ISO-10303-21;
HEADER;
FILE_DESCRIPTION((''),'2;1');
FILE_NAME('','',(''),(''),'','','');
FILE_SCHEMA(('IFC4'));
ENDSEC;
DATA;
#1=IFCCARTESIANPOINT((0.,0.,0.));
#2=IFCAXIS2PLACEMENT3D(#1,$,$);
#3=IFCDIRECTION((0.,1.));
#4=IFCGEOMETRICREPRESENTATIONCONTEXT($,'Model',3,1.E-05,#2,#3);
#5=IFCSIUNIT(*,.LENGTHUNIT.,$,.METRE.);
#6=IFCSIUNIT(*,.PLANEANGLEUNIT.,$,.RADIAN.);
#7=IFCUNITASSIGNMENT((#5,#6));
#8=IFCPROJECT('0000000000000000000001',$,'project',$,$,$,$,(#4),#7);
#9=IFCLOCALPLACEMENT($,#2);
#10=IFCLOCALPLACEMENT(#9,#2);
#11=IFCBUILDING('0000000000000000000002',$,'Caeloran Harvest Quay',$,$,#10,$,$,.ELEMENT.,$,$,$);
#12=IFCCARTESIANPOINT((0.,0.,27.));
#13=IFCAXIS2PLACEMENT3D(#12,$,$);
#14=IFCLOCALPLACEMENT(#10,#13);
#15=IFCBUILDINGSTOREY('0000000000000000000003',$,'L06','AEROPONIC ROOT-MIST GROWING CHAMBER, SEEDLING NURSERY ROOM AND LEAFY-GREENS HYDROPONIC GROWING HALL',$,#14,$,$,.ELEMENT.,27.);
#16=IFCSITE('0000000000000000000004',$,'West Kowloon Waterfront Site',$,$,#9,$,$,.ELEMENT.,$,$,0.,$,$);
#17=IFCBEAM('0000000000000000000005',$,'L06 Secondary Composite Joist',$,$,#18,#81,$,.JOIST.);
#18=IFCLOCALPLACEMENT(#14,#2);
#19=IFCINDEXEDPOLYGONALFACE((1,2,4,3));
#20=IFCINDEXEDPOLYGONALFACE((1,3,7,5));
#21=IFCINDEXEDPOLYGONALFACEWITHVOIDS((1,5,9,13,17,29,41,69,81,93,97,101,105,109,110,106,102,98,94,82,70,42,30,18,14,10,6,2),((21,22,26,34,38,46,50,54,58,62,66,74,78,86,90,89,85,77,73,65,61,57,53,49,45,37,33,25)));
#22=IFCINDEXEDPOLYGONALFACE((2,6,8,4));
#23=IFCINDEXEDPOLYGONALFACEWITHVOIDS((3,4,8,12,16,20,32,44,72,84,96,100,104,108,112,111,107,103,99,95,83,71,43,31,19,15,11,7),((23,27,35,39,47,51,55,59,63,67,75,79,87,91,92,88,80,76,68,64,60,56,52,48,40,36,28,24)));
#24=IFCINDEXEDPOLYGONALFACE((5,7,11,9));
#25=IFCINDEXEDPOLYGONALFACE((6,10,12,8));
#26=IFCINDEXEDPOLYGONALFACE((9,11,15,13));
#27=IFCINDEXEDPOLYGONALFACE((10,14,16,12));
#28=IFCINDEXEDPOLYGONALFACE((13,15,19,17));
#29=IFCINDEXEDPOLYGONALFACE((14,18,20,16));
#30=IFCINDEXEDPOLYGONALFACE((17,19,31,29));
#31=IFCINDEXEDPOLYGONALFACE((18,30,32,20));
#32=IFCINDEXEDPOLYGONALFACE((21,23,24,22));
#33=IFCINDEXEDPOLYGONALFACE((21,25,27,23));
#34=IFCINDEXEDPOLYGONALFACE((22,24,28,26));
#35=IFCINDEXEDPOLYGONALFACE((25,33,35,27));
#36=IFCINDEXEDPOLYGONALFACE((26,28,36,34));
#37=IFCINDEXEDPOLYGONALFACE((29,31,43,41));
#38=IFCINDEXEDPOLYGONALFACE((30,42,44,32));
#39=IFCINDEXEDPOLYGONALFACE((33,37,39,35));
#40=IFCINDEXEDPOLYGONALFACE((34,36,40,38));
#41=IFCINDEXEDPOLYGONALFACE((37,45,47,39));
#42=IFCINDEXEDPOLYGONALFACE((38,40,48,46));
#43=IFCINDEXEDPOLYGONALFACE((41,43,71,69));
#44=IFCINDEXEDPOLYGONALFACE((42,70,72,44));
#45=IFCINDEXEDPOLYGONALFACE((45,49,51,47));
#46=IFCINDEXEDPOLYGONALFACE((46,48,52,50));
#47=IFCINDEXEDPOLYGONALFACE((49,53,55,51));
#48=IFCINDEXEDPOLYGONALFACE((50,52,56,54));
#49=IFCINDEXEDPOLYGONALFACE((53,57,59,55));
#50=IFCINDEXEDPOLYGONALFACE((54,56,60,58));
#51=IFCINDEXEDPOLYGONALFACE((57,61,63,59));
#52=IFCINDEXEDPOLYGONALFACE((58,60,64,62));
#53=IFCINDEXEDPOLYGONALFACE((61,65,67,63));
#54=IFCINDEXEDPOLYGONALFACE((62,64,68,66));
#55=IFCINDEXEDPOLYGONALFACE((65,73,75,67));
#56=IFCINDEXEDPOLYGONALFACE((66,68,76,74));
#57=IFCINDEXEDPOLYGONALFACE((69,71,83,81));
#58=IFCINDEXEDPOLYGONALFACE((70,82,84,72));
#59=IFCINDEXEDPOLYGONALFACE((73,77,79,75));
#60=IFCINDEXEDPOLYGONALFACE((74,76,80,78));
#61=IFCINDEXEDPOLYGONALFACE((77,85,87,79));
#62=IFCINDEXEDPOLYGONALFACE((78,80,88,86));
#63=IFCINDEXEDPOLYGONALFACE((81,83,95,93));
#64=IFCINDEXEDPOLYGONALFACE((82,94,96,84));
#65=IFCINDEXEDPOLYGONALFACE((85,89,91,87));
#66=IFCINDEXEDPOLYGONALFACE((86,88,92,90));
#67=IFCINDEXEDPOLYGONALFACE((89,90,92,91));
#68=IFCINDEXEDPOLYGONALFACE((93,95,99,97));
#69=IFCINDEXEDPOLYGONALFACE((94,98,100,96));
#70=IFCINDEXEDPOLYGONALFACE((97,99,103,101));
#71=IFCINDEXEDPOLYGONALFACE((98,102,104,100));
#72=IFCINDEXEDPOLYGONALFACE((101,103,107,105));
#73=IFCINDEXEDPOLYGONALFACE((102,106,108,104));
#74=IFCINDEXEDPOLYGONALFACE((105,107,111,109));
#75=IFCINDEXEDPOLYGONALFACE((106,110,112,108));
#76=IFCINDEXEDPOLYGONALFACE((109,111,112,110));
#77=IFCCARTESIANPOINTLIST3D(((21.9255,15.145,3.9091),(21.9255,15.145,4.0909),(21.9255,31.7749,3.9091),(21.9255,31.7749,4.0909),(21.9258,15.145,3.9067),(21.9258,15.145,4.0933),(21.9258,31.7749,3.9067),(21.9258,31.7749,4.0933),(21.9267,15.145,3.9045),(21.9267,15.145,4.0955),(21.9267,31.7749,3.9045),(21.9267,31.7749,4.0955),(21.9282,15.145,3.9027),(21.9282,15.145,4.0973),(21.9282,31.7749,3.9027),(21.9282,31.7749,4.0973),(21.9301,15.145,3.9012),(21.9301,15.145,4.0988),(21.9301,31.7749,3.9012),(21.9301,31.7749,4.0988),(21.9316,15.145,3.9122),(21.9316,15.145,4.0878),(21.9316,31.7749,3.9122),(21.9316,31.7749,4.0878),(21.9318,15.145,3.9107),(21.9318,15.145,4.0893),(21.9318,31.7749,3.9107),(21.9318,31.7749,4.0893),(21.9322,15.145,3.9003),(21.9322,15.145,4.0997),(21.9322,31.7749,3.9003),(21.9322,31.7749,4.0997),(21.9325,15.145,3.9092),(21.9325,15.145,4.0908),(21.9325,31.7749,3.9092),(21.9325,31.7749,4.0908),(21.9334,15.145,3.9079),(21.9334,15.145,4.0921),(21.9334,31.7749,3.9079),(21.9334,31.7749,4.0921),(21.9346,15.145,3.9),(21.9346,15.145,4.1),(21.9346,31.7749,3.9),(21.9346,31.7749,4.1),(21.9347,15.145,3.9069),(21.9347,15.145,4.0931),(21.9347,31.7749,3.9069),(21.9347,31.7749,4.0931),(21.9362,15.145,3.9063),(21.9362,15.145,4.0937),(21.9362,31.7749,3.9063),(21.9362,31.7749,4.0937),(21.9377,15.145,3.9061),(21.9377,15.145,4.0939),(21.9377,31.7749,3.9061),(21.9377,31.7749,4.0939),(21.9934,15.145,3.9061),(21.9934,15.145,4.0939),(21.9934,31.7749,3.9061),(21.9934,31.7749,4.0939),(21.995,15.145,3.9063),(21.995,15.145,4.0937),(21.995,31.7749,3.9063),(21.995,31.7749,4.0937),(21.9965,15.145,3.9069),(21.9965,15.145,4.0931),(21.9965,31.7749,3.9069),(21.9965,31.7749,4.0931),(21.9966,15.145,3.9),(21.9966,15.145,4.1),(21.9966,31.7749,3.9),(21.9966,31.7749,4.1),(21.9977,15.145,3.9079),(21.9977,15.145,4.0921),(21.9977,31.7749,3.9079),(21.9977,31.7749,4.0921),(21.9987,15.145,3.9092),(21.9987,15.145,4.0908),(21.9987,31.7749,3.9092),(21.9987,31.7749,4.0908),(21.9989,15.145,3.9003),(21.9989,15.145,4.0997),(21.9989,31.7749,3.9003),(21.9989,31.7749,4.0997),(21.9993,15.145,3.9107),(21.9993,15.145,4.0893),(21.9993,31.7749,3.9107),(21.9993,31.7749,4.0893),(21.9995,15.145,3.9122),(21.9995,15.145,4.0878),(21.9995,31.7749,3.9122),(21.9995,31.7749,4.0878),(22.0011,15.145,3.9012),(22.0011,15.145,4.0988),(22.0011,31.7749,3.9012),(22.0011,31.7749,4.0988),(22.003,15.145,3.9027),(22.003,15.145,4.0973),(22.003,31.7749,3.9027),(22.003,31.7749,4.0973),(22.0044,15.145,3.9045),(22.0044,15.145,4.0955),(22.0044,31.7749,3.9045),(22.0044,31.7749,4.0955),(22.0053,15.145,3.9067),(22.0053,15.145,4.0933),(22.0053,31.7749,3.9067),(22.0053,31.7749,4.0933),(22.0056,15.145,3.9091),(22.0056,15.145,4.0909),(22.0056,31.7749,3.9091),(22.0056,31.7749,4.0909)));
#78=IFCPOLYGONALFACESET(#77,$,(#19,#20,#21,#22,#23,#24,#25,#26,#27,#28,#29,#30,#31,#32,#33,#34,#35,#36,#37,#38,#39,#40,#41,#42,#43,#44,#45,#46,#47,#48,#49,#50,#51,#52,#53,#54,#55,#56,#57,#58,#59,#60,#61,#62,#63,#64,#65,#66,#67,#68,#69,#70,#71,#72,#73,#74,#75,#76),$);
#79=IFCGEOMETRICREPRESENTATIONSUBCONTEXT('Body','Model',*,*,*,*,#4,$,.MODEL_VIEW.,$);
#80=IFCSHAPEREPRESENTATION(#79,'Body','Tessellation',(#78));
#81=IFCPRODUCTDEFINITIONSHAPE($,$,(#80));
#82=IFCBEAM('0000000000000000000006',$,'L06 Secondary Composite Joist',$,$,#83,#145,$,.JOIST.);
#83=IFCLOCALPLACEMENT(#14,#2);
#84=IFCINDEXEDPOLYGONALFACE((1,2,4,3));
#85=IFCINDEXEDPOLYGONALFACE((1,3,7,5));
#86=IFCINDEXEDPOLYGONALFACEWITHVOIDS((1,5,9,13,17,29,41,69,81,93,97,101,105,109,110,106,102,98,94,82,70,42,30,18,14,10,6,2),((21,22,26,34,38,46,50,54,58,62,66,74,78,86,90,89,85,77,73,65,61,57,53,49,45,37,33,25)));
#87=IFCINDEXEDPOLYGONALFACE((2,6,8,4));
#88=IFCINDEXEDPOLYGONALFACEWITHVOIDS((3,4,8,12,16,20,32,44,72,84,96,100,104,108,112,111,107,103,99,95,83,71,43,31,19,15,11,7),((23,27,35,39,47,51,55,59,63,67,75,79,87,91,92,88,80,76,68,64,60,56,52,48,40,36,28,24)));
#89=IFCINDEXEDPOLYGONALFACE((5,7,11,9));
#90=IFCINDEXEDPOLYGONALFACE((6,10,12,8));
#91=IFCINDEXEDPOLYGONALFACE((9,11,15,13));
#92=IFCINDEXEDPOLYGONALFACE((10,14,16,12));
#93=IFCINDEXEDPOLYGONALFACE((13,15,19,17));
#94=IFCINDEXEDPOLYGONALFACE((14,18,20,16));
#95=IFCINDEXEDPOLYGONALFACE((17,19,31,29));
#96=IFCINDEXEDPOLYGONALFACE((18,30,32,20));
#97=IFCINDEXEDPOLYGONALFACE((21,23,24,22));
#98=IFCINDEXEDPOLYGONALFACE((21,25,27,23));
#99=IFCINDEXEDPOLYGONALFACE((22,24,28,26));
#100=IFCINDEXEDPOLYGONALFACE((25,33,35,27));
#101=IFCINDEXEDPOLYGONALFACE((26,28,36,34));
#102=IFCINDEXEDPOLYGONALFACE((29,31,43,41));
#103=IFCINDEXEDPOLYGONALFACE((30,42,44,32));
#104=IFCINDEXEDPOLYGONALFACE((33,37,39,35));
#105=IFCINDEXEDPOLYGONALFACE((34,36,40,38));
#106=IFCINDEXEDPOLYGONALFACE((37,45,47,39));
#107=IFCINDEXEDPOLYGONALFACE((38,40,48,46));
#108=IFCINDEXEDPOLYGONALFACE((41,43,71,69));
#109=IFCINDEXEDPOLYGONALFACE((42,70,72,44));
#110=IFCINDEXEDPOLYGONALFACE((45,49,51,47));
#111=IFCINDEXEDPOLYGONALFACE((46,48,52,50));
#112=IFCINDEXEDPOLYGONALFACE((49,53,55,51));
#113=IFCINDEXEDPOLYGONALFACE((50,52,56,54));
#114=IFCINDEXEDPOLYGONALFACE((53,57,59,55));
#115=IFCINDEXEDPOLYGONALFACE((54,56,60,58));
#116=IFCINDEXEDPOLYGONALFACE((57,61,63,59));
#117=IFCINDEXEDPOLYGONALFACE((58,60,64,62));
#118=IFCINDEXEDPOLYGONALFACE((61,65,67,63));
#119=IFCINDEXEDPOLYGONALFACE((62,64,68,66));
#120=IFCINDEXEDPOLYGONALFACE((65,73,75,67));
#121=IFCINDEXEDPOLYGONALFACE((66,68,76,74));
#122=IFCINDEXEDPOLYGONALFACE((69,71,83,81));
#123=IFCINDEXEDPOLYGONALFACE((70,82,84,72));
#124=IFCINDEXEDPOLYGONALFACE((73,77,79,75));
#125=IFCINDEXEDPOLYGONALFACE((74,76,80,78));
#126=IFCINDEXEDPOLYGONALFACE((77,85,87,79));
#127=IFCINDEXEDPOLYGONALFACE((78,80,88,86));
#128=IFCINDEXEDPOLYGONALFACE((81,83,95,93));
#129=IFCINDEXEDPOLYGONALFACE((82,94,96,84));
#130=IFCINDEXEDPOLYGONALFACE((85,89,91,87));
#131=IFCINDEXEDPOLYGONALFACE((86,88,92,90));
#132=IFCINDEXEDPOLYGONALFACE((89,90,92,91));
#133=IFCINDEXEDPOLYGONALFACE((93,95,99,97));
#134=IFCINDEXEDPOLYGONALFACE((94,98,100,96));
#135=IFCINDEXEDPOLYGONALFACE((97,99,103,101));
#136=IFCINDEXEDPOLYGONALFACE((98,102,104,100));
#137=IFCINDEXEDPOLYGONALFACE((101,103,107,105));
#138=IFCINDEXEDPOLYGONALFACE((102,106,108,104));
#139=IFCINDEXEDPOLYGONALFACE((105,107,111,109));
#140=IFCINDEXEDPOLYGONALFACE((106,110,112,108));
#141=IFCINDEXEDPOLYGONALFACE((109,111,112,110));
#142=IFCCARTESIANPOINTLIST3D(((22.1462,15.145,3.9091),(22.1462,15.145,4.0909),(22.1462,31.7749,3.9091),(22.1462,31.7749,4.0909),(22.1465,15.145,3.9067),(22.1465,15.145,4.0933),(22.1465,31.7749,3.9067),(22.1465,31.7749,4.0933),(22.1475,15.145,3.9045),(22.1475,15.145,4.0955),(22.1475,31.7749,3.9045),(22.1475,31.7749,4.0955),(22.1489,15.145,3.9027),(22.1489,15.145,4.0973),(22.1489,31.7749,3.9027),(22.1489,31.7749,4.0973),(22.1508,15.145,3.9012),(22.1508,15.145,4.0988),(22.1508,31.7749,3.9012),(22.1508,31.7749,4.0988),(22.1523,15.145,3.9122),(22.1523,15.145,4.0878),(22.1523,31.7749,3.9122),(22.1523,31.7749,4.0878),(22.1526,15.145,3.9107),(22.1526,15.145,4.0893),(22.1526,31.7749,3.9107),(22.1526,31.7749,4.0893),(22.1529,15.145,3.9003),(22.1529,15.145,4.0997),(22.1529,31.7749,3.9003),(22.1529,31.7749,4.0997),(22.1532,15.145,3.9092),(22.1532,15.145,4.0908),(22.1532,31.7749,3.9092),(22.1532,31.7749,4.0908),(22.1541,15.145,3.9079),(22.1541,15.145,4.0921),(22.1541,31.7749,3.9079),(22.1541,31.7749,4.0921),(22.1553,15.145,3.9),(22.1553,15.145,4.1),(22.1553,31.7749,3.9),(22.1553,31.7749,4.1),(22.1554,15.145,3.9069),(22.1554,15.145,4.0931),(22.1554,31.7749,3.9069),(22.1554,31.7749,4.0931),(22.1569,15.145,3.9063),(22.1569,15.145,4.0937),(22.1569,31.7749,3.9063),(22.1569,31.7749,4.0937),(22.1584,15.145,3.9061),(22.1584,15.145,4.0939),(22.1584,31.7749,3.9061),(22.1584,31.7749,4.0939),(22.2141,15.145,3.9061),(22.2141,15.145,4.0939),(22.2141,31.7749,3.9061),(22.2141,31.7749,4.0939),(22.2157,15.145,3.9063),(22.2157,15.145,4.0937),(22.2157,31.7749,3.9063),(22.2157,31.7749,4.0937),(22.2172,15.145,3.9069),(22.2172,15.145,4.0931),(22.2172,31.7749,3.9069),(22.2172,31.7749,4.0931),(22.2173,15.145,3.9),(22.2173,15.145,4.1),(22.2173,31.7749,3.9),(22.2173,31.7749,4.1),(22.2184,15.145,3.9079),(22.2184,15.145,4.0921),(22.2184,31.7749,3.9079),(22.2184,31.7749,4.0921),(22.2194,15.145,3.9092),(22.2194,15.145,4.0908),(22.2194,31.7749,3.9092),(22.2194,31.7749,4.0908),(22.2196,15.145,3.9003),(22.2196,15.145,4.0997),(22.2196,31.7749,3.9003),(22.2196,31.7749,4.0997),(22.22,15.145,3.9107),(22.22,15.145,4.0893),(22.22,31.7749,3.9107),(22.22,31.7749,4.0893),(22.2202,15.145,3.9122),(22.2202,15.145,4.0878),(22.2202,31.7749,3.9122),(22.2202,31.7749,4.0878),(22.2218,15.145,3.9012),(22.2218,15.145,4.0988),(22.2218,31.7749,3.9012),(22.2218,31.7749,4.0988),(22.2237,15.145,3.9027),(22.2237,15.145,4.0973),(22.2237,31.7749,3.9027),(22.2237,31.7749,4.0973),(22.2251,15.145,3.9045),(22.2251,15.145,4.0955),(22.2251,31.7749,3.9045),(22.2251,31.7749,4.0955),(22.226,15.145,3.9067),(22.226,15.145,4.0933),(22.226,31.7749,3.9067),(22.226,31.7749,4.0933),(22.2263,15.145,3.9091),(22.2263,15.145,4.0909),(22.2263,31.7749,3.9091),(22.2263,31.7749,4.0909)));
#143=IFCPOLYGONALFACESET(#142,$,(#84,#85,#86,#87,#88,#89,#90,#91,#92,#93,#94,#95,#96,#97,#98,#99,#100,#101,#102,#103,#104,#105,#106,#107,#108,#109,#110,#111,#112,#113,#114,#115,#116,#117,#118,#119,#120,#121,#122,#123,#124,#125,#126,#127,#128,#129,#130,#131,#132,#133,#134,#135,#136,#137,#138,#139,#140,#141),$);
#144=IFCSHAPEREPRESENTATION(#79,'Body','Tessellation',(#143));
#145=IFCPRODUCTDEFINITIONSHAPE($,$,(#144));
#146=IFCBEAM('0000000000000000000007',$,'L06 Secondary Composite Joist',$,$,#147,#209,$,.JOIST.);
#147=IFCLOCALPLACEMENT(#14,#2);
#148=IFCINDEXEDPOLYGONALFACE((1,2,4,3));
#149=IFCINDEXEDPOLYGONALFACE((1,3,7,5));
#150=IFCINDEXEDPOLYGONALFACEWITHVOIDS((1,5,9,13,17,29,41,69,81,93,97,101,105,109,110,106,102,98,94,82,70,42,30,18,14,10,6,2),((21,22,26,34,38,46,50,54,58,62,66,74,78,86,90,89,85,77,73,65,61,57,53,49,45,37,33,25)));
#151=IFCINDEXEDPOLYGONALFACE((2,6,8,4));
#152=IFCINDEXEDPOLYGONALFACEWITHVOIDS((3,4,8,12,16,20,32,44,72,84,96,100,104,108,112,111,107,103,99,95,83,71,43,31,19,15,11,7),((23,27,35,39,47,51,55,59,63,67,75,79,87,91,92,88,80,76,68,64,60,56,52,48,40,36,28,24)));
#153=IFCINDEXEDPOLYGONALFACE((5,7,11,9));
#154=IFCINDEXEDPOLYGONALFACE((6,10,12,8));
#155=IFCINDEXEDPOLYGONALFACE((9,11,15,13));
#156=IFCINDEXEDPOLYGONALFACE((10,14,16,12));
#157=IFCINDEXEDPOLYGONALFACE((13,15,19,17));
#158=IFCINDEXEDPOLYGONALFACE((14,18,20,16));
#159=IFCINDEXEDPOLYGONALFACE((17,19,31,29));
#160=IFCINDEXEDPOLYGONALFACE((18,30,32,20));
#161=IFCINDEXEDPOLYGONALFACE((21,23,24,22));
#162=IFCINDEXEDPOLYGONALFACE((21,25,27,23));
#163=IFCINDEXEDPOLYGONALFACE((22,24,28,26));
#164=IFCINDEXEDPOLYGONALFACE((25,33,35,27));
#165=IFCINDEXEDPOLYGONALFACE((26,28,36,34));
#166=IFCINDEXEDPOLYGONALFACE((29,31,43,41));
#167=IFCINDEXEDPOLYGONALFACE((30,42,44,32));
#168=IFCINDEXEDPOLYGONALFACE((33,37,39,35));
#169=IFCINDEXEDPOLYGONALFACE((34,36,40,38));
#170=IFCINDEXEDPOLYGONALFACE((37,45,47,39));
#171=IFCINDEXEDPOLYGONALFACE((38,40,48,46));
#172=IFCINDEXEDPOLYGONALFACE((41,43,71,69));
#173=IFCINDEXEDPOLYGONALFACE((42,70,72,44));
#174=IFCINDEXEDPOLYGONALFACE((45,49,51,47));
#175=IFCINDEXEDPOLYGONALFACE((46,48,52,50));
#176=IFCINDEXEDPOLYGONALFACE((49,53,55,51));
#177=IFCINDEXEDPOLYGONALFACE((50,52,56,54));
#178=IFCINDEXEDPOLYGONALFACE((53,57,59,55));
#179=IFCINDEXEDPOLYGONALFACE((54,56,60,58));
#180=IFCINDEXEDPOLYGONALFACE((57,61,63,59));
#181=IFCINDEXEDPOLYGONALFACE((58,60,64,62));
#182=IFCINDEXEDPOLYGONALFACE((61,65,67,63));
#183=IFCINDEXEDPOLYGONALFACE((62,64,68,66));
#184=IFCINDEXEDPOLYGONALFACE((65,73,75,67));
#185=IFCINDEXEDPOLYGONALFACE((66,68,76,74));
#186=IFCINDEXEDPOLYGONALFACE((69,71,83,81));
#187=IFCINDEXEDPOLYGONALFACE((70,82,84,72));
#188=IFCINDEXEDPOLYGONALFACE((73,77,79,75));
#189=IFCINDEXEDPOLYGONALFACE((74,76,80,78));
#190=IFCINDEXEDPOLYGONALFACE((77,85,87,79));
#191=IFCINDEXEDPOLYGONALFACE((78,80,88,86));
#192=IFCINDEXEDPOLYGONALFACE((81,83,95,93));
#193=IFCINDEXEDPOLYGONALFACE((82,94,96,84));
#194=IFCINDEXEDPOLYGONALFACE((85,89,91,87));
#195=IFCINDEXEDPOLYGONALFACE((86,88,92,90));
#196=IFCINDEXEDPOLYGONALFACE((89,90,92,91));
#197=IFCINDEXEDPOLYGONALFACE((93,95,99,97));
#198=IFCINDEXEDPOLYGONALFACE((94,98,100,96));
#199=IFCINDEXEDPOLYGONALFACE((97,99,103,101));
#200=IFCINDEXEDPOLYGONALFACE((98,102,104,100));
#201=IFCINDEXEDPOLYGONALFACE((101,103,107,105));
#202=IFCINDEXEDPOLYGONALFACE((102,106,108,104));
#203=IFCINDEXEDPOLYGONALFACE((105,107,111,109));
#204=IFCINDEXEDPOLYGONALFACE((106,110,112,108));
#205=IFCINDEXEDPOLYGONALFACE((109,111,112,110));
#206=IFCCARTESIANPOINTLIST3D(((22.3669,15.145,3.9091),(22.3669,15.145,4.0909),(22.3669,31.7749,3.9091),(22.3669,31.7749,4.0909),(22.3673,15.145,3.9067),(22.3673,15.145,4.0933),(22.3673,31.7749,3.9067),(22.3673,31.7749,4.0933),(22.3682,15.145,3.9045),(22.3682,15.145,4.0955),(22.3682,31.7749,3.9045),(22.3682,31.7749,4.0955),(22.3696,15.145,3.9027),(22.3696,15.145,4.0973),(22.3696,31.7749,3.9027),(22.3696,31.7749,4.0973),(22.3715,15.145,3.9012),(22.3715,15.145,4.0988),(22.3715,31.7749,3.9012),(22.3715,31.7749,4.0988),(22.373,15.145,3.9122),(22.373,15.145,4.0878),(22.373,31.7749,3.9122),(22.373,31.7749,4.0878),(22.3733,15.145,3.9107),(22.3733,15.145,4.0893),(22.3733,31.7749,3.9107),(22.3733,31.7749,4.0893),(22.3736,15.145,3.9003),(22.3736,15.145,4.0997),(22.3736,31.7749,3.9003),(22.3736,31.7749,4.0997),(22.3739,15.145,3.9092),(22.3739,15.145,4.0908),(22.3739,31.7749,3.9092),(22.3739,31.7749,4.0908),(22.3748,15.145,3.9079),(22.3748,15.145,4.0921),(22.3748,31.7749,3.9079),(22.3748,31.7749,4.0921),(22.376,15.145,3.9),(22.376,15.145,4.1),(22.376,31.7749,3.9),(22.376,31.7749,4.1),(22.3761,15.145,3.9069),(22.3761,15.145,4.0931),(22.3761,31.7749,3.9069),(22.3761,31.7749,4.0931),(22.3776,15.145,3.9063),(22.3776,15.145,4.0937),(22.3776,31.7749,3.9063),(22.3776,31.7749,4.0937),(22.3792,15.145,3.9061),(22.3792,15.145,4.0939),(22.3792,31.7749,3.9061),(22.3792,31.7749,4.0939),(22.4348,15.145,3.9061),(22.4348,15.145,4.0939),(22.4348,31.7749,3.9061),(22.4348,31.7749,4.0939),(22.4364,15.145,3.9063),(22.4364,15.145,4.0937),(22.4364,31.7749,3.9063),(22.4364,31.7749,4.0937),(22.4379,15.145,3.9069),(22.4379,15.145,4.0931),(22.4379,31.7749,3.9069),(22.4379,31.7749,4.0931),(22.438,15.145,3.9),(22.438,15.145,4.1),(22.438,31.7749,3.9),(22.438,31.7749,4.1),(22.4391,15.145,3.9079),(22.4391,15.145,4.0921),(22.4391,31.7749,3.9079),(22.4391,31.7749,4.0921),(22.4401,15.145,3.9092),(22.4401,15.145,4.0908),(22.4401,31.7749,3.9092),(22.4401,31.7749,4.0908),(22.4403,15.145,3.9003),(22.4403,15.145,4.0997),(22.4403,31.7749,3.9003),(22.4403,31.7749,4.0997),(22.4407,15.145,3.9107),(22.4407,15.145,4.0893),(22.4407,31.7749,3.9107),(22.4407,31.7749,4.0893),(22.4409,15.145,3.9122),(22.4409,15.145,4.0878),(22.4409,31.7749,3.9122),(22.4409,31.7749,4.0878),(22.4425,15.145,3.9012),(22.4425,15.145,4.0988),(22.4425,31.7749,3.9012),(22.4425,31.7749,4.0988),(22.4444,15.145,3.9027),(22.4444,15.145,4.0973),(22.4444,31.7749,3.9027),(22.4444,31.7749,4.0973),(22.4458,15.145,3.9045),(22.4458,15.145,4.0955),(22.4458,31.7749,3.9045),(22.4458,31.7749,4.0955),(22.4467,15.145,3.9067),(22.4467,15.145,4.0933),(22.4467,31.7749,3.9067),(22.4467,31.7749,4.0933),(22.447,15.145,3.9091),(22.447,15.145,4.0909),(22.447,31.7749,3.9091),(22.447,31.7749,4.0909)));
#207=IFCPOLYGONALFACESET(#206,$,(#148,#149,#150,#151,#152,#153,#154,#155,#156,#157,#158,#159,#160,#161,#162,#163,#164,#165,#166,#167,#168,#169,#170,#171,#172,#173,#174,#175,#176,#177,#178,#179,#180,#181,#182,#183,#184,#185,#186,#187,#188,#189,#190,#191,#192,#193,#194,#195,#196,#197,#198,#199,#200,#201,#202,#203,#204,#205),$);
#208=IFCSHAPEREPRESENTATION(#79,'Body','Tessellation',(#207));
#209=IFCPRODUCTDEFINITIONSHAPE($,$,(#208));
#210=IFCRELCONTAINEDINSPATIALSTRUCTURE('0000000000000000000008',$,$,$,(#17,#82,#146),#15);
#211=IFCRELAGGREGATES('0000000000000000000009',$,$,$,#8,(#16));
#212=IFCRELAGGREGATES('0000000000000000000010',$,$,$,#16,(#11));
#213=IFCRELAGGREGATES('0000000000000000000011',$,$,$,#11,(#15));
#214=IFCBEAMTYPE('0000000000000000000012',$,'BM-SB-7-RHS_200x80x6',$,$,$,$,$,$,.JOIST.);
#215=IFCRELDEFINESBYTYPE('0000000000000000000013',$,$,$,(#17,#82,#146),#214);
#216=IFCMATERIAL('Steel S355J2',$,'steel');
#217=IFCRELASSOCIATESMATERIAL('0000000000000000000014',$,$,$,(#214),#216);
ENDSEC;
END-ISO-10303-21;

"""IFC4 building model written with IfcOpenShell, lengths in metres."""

from ifc_helpers import new_model, si_unit, direction, frame, origin, origin_2d, place, context, subcontext, project, spatial, hollow_rectangle, extrude, material, material_profile, profile_set, type_object, element, save


model = new_model("IFC4")

# Units and contexts
model_context = context("Model", 3, precision=1e-05, world=origin(), true_north=direction((0.0, 1.0)))
body_context = subcontext(model_context, "Body", "Model", "MODEL_VIEW")
ifc_project = project(units=[si_unit("LENGTHUNIT", "METRE"), si_unit("PLANEANGLEUNIT", "RADIAN")], contexts=[model_context])

# Site, building, storey
site_placement = place(None, origin())
site = spatial("IfcSite", under=ifc_project, at=site_placement, Name="West Kowloon Waterfront Site", CompositionType="ELEMENT", RefElevation=0.0)
building_placement = place(site_placement, origin())
building = spatial("IfcBuilding", under=site, at=building_placement, Name="Caeloran Harvest Quay", CompositionType="ELEMENT")
storey_placement = place(building_placement, frame((0.0, 0.0, 27.0)))
storey = spatial("IfcBuildingStorey", under=building, at=storey_placement, Name="L06", Description="AEROPONIC ROOT-MIST GROWING CHAMBER, SEEDLING NURSERY ROOM AND LEAFY-GREENS HYDROPONIC GROWING HALL", CompositionType="ELEMENT", Elevation=27.0)

# Beams
ifc_material_1 = material(Name="Steel S355J2", Category="steel")
ifc_material_profile_1 = material_profile(ifc_material_1, hollow_rectangle(XDim=0.0801, YDim=0.2, WallThickness=0.0061, InnerFilletRadius=0.0061, OuterFilletRadius=0.009, at=origin_2d()), Name="RHS 200x80x6")
ifc_profile_set_1 = profile_set([ifc_material_profile_1], Name="Steel S355J2")
beam_type_1 = type_object("IfcBeamType", Name="BM-SB-7-RHS_200x80x6", PredefinedType="JOIST", material=ifc_profile_set_1)
for number, where, z_axis, x_axis, name in (
    (1, (21.9656, 15.145, 4.0), (0.0, 1.0, 0.0), (-1.0, 0.0, 0.0), "L06 Secondary Composite Joist"),
    (2, (22.1863, 15.145, 4.0), (0.0, 1.0, 0.0), (-1.0, 0.0, 0.0), "L06 Secondary Composite Joist"),
    (3, (22.407, 15.145, 4.0), (0.0, 1.0, 0.0), (-1.0, 0.0, 0.0), "L06 Secondary Composite Joist"),
):
    element("IfcBeam", number, at=place(storey_placement, frame(where, z_axis=z_axis, x_axis=x_axis)), inside=storey, type_object=beam_type_1, Name=name, PredefinedType="JOIST", context=body_context, shape_type="SweptSolid", body=[
        extrude(hollow_rectangle(XDim=0.0801, YDim=0.2, WallThickness=0.0061, InnerFilletRadius=0.0061, OuterFilletRadius=0.009, at=origin_2d()), origin(), (0.0, 0.0, 1.0), 16.6299),
    ])

save(model, "model.ifc")
